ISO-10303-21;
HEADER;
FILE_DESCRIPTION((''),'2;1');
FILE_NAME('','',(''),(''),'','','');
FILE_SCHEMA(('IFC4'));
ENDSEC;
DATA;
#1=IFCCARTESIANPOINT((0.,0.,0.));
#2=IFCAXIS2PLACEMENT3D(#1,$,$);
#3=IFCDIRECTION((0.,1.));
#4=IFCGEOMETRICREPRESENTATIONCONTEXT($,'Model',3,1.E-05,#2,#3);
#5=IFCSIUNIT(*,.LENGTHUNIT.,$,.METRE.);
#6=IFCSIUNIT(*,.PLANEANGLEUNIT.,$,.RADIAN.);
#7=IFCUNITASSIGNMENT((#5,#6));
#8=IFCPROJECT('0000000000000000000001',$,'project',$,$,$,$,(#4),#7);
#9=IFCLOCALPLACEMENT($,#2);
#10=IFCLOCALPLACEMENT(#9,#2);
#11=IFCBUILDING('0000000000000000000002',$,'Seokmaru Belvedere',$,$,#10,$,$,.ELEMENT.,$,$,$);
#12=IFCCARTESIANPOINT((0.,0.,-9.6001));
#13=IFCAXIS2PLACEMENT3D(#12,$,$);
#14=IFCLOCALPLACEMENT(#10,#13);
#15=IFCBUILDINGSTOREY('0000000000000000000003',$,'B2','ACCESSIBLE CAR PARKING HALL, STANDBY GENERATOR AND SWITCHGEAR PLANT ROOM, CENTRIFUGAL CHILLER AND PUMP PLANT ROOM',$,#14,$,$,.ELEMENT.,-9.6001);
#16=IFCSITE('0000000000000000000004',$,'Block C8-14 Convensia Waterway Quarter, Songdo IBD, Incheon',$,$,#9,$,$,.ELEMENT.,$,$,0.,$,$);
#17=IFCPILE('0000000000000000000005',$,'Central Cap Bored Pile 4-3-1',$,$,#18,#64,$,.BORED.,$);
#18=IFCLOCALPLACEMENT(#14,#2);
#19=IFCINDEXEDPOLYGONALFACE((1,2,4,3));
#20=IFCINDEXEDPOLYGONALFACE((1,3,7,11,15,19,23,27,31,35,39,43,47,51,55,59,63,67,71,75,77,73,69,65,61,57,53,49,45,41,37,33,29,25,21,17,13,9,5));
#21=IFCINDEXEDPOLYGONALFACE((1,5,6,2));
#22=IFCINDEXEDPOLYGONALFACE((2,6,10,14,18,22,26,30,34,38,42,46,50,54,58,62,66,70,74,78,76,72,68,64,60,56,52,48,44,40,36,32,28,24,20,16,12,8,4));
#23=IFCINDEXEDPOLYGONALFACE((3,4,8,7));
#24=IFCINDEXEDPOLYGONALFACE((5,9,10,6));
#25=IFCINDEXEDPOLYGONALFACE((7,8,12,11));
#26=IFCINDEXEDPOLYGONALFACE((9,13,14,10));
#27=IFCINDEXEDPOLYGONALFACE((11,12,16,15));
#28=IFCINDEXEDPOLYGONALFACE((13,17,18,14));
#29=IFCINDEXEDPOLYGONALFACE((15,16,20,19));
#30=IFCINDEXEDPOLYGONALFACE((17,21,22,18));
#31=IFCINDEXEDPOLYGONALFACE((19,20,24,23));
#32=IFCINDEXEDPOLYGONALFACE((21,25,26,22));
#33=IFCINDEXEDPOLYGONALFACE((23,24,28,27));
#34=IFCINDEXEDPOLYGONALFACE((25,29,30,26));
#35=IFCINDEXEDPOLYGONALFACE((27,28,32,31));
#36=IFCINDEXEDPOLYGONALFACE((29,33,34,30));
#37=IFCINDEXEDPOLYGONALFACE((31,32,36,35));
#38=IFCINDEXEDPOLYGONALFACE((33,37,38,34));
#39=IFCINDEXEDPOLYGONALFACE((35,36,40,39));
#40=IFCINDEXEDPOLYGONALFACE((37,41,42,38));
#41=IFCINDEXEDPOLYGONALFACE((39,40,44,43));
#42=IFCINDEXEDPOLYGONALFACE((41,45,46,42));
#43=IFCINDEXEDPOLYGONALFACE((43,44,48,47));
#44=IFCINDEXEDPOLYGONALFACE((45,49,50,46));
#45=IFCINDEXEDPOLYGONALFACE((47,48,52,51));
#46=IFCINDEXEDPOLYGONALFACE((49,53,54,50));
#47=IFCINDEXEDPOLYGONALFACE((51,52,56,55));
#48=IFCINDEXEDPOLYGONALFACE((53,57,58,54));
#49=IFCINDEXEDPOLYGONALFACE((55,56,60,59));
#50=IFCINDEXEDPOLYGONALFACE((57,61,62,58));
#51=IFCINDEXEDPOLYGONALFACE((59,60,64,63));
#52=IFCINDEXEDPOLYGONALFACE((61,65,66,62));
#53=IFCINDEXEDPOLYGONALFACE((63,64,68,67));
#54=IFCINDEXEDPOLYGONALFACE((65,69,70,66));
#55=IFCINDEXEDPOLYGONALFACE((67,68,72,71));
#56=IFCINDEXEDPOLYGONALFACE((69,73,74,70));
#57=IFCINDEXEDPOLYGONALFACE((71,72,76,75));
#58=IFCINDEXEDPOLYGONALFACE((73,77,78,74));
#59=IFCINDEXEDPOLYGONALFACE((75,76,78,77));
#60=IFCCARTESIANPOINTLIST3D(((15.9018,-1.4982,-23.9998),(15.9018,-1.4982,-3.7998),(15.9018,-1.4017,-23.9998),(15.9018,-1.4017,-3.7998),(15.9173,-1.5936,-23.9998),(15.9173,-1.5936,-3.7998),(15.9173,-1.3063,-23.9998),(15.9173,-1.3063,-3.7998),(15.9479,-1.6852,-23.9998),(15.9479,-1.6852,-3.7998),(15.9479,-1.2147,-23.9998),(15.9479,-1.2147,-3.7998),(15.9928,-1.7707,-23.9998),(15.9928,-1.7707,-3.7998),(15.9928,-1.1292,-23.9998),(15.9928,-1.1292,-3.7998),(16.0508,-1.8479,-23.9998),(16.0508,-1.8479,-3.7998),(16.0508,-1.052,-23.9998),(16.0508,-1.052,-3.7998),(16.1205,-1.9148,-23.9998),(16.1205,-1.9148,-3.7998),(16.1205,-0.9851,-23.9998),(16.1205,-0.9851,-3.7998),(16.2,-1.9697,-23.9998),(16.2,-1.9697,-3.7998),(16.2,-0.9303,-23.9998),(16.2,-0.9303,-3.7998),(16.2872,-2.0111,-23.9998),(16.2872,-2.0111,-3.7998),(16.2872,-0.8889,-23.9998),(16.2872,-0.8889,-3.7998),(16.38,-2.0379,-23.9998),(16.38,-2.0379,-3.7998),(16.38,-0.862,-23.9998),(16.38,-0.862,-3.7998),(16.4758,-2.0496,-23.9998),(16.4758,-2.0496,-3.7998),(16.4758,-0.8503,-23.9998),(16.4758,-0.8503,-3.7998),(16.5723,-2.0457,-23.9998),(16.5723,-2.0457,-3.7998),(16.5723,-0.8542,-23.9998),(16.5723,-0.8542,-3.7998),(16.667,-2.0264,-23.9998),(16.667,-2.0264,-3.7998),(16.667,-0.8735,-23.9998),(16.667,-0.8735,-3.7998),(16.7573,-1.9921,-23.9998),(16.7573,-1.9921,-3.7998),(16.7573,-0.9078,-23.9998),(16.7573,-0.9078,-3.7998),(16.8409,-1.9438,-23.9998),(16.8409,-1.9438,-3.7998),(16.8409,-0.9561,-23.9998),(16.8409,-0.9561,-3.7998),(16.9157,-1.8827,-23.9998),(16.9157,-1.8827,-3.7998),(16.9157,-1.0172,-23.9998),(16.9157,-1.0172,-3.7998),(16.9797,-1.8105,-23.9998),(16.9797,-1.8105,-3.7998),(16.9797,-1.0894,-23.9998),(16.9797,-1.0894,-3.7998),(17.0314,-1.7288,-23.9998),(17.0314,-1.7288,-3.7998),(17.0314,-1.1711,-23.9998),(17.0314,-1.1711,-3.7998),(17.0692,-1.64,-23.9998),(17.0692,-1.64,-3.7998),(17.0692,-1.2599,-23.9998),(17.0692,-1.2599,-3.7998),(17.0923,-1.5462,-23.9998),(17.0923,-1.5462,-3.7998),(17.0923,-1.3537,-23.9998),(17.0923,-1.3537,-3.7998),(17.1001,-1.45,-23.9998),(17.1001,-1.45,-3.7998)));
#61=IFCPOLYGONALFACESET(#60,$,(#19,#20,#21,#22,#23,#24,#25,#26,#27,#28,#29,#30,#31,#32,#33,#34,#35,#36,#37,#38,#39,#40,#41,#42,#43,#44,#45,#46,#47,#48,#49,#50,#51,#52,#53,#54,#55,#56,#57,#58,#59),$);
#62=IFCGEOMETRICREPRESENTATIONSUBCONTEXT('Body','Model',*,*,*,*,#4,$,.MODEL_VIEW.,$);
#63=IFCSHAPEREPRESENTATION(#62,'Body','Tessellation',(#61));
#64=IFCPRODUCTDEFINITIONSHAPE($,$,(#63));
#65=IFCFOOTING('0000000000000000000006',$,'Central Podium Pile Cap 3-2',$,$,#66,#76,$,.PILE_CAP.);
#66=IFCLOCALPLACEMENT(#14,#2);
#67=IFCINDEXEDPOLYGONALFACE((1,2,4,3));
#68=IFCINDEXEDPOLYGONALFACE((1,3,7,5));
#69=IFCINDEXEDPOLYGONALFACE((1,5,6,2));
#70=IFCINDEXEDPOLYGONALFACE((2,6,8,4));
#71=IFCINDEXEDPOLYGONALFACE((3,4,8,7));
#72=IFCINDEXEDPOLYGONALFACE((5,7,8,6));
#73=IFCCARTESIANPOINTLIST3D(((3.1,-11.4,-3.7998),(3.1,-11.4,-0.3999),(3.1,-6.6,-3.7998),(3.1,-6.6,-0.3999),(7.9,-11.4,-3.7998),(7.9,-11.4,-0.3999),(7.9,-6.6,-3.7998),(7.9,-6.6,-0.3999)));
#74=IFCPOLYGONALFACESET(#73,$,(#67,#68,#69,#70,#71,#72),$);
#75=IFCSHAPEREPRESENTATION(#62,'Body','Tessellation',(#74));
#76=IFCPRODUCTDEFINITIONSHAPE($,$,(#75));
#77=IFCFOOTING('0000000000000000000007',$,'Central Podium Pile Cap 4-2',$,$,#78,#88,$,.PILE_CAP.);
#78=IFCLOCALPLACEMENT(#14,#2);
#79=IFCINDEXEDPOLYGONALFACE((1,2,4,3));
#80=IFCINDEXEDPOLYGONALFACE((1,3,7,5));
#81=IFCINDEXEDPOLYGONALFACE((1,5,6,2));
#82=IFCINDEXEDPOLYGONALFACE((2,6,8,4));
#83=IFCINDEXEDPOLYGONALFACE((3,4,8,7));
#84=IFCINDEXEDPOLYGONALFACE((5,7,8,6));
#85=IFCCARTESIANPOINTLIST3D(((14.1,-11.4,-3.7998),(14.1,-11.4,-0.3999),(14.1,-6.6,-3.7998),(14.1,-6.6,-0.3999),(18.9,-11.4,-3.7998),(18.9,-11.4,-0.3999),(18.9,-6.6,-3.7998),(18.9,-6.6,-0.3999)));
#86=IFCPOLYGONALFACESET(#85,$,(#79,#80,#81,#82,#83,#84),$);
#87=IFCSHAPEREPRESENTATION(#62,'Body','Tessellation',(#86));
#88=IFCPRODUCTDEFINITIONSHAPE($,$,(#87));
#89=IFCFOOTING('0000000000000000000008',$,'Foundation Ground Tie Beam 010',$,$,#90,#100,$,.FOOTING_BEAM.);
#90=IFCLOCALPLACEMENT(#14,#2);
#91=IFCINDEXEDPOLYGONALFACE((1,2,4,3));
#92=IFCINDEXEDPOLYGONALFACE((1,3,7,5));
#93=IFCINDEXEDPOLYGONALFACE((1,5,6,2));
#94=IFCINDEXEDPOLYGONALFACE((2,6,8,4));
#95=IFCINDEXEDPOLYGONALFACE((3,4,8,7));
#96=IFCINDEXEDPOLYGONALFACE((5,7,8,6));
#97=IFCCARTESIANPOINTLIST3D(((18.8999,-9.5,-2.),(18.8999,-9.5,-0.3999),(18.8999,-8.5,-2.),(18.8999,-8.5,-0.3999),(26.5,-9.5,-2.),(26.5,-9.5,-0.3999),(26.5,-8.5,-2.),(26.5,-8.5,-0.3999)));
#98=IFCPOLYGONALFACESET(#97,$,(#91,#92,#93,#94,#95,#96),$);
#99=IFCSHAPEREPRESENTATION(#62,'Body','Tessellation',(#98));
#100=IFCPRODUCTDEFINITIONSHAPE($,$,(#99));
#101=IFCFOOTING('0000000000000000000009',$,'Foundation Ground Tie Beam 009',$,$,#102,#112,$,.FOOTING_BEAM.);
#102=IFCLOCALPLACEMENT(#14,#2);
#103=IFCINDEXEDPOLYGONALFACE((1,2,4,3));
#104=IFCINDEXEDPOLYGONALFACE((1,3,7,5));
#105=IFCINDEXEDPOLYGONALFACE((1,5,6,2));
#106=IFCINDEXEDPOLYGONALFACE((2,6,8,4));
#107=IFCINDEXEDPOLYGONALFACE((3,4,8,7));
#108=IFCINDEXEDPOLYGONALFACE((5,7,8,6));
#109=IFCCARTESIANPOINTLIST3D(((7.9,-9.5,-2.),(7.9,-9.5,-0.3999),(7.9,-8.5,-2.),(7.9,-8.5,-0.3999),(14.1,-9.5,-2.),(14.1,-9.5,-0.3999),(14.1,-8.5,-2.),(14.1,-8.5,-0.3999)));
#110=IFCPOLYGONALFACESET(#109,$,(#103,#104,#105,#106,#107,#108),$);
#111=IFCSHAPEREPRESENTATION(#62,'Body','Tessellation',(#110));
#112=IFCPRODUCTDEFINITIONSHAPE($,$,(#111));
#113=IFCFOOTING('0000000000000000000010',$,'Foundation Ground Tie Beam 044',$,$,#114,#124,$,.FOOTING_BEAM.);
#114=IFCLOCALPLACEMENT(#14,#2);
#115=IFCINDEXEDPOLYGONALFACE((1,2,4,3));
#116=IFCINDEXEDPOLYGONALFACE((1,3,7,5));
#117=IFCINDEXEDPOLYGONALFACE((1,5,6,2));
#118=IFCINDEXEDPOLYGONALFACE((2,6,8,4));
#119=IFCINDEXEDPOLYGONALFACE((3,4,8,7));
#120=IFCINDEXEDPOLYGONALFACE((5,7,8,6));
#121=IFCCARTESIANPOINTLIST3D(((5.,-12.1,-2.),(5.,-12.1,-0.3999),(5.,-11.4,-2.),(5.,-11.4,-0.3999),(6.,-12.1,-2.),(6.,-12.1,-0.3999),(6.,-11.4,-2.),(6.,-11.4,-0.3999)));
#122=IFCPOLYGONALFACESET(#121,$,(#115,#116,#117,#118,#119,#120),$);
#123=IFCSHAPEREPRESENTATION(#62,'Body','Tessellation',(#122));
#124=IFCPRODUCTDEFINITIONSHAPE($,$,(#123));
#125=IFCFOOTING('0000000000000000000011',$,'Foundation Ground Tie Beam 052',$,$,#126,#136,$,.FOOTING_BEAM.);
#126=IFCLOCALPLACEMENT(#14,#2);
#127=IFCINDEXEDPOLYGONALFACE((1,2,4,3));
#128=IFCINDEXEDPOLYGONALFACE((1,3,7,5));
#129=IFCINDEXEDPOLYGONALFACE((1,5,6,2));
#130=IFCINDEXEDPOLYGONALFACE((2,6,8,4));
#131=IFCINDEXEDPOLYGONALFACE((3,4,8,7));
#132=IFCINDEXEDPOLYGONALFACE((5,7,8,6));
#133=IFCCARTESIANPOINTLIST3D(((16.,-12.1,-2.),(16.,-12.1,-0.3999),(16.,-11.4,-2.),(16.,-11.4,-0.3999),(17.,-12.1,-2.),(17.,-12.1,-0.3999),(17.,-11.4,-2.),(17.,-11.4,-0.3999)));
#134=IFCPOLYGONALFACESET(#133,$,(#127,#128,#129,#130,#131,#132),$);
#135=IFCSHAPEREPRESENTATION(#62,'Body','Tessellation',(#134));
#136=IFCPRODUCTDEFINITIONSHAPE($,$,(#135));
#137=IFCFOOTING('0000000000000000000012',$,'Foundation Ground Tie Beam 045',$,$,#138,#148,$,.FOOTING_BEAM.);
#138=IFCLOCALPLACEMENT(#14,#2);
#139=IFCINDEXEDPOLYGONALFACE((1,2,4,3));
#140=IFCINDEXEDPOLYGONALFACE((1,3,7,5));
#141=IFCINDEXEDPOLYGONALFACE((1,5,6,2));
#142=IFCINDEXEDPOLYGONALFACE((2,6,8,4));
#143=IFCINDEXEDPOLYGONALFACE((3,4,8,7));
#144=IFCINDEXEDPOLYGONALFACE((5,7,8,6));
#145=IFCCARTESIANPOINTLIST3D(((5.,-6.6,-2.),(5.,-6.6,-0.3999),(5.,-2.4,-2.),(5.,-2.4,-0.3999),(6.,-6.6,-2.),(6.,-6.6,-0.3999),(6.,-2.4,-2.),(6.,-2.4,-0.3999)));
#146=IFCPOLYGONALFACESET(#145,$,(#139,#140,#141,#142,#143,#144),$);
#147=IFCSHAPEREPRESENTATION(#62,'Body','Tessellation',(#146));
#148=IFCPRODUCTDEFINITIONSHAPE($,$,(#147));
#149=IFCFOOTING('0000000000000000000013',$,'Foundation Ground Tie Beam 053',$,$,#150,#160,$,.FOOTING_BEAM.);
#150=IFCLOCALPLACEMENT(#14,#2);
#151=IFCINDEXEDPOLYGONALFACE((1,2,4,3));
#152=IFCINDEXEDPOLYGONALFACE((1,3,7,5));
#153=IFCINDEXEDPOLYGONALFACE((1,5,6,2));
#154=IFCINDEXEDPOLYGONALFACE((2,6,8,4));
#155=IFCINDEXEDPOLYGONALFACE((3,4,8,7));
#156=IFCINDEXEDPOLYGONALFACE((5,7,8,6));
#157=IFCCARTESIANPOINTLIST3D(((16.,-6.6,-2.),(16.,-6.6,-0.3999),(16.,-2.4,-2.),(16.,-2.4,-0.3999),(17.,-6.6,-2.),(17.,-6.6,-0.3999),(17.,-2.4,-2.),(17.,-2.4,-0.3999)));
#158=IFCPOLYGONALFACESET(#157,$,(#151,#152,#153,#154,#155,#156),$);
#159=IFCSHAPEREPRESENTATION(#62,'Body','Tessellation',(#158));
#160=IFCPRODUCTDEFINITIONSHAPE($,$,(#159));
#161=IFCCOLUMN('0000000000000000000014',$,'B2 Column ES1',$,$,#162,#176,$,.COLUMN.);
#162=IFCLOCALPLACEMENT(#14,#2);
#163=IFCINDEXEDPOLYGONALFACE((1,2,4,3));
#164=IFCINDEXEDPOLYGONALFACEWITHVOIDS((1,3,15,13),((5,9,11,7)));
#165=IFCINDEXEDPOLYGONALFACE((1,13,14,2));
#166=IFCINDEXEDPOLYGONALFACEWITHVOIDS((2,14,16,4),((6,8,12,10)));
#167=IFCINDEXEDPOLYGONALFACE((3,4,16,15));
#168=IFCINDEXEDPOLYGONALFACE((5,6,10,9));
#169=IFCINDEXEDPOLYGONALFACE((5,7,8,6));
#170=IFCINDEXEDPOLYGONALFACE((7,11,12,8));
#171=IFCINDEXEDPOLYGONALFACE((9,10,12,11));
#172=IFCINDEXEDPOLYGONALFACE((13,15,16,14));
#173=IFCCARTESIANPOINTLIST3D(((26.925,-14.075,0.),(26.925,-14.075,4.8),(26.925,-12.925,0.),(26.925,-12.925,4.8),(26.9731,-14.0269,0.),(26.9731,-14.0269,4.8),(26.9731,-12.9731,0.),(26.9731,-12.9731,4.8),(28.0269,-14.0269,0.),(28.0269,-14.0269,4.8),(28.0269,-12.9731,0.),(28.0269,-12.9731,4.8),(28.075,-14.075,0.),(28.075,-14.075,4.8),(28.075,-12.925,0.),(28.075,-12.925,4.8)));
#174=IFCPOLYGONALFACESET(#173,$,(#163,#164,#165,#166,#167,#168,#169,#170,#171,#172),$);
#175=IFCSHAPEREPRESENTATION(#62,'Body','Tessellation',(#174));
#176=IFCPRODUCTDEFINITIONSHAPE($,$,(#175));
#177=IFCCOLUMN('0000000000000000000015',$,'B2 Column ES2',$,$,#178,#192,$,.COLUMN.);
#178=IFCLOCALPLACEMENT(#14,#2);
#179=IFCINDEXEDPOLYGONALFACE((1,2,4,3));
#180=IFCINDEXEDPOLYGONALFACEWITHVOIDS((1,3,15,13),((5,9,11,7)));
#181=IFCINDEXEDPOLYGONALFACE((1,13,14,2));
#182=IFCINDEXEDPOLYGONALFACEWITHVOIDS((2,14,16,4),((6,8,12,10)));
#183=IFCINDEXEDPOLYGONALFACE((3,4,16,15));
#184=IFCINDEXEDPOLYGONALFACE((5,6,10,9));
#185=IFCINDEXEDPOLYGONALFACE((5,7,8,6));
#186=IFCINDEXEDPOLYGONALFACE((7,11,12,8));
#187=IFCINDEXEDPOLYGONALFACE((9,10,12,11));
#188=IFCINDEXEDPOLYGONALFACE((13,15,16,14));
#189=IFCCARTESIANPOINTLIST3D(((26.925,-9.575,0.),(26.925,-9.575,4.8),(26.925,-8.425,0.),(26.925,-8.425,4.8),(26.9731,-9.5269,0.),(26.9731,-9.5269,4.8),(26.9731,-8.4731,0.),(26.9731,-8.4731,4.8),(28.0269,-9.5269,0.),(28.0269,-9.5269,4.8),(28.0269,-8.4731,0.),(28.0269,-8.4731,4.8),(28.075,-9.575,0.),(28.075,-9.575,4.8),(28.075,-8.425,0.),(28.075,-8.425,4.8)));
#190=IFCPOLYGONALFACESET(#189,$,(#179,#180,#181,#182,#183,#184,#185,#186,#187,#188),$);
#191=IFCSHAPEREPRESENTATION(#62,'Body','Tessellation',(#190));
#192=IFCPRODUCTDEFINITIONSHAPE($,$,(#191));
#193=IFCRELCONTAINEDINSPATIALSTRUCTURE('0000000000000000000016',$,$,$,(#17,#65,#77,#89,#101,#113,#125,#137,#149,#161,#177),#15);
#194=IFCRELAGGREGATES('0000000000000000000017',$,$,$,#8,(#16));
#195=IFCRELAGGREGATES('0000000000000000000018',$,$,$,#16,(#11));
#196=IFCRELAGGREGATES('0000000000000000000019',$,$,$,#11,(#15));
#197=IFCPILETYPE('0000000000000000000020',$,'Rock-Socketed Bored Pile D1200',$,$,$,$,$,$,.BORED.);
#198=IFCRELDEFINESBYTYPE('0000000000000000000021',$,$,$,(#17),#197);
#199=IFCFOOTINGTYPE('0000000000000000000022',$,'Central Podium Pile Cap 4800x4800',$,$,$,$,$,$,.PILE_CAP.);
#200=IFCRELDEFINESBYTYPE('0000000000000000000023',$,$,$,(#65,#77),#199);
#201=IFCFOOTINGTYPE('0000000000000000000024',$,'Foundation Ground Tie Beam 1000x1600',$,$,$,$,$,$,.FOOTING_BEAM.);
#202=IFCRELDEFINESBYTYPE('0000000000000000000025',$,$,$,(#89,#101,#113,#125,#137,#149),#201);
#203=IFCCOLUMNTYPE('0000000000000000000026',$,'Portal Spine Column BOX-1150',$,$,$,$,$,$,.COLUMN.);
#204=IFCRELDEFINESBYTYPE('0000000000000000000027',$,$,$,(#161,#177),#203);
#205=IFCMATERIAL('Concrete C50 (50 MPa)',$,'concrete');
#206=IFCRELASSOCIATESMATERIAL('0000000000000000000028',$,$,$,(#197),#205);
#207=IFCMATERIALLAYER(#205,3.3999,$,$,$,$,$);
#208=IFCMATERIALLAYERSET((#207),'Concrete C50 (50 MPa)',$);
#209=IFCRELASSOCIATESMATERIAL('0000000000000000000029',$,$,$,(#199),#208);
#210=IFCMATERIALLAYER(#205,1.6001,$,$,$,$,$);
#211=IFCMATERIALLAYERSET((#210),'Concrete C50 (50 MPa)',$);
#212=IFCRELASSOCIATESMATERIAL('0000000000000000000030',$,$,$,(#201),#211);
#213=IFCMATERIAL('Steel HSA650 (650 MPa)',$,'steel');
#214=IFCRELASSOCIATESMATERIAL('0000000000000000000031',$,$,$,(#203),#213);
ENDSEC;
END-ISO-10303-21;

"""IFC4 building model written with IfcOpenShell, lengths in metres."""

from ifc_helpers import new_model, si_unit, direction, frame, origin, origin_2d, place, context, subcontext, project, spatial, rectangle, hollow_rectangle, circle, extrude, source, transform, mapped, material, layer, layer_set, material_profile, profile_set, type_object, type_shapes, element, save


model = new_model("IFC4")

# Units and contexts
model_context = context("Model", 3, precision=1e-05, world=origin(), true_north=direction((0.0, 1.0)))
body_context = subcontext(model_context, "Body", "Model", "MODEL_VIEW")
ifc_project = project(units=[si_unit("LENGTHUNIT", "METRE"), si_unit("PLANEANGLEUNIT", "RADIAN")], contexts=[model_context])

# Site, building, storey
site_placement = place(None, origin())
site = spatial("IfcSite", under=ifc_project, at=site_placement, Name="Block C8-14 Convensia Waterway Quarter, Songdo IBD, Incheon", CompositionType="ELEMENT", RefElevation=0.0)
building_placement = place(site_placement, origin())
building = spatial("IfcBuilding", under=site, at=building_placement, Name="Seokmaru Belvedere", CompositionType="ELEMENT")
storey_placement = place(building_placement, frame((0.0, 0.0, -9.6001)))
storey = spatial("IfcBuildingStorey", under=building, at=storey_placement, Name="B2", Description="ACCESSIBLE CAR PARKING HALL, STANDBY GENERATOR AND SWITCHGEAR PLANT ROOM, CENTRIFUGAL CHILLER AND PUMP PLANT ROOM", CompositionType="ELEMENT", Elevation=-9.6001)

# Pile
ifc_material_1 = material(Name="Concrete C50 (50 MPa)", Category="concrete")
ifc_material_profile_1 = material_profile(ifc_material_1, circle(Radius=0.6001, at=origin_2d()), Name="PILE-D1200")
ifc_profile_set_1 = profile_set([ifc_material_profile_1], Name="Concrete C50 (50 MPa)")
pile_type_1 = type_object("IfcPileType", Name="Rock-Socketed Bored Pile D1200", PredefinedType="BORED", material=ifc_profile_set_1)
shared_shape_1 = source(origin(), body_context, "Body", "SweptSolid", [
    extrude(circle(Radius=0.6001, at=origin_2d()), origin(), (0.0, 0.0, 1.0), 20.2),
])
type_shapes(pile_type_1, [shared_shape_1])
for number, where, z_axis, x_axis, name in (
    (1, (16.5, -1.45, -3.7998), (0.0, 0.0, -1.0), (1.0, 0.0, 0.0), "Central Cap Bored Pile 4-3-1"),
):
    element("IfcPile", number, at=place(storey_placement, frame(where, z_axis=z_axis, x_axis=x_axis)), inside=storey, type_object=pile_type_1, Name=name, PredefinedType="BORED", context=body_context, shape_type="MappedRepresentation", body=[
        mapped(shared_shape_1, transform((0.0, 0.0, 0.0), scale=1.0)),
    ])

# Footings
ifc_layer_1 = layer(ifc_material_1, 3.3999)
ifc_layer_set_1 = layer_set([ifc_layer_1], Name="Concrete C50 (50 MPa)")
footing_type_1 = type_object("IfcFootingType", Name="Central Podium Pile Cap 4800x4800", PredefinedType="PILE_CAP", material=ifc_layer_set_1)
shared_shape_2 = source(origin(), body_context, "Body", "SweptSolid", [
    extrude(rectangle(XDim=4.8, YDim=4.8, at=origin_2d()), origin(), (0.0, 0.0, 1.0), 3.3999),
])
type_shapes(footing_type_1, [shared_shape_2])
for number, where, z_axis, x_axis, name in (
    (2, (5.5, -9.0, -3.7998), (0.0, 0.0, 1.0), (1.0, 0.0, 0.0), "Central Podium Pile Cap 3-2"),
    (3, (16.5, -9.0, -3.7998), (0.0, 0.0, 1.0), (1.0, 0.0, 0.0), "Central Podium Pile Cap 4-2"),
):
    element("IfcFooting", number, at=place(storey_placement, frame(where, z_axis=z_axis, x_axis=x_axis)), inside=storey, type_object=footing_type_1, Name=name, PredefinedType="PILE_CAP", context=body_context, shape_type="MappedRepresentation", body=[
        mapped(shared_shape_2, transform((0.0, 0.0, 0.0), scale=1.0)),
    ])
ifc_layer_2 = layer(ifc_material_1, 1.6001)
ifc_layer_set_2 = layer_set([ifc_layer_2], Name="Concrete C50 (50 MPa)")
footing_type_2 = type_object("IfcFootingType", Name="Foundation Ground Tie Beam 1000x1600", PredefinedType="FOOTING_BEAM", material=ifc_layer_set_2)
shared_shape_3 = source(origin(), body_context, "Body", "SweptSolid", [
    extrude(rectangle(XDim=7.6001, YDim=1.0, at=origin_2d()), origin(), (0.0, 0.0, 1.0), 1.6001),
])
footing_1_placement = place(storey_placement, frame((22.7, -9.0, -2.0), z_axis=(0.0, 0.0, 1.0), x_axis=(1.0, 0.0, 0.0)))
element("IfcFooting", 4, at=footing_1_placement, inside=storey, type_object=footing_type_2, Name="Foundation Ground Tie Beam 010", PredefinedType="FOOTING_BEAM", context=body_context, shape_type="MappedRepresentation", body=[
    mapped(shared_shape_3, transform((0.0, 0.0, 0.0), scale=1.0)),
])
shared_shape_4 = source(origin(), body_context, "Body", "SweptSolid", [
    extrude(rectangle(XDim=6.2, YDim=1.0, at=origin_2d()), origin(), (0.0, 0.0, 1.0), 1.6001),
])
footing_2_placement = place(storey_placement, frame((11.0, -9.0, -2.0), z_axis=(0.0, 0.0, 1.0), x_axis=(1.0, 0.0, 0.0)))
element("IfcFooting", 5, at=footing_2_placement, inside=storey, type_object=footing_type_2, Name="Foundation Ground Tie Beam 009", PredefinedType="FOOTING_BEAM", context=body_context, shape_type="MappedRepresentation", body=[
    mapped(shared_shape_4, transform((0.0, 0.0, 0.0), scale=1.0)),
])
shared_shape_5 = source(origin(), body_context, "Body", "SweptSolid", [
    extrude(rectangle(XDim=1.0, YDim=0.7, at=origin_2d()), origin(), (0.0, 0.0, 1.0), 1.6001),
])
for number, where, z_axis, x_axis, name in (
    (6, (5.5, -11.75, -2.0), (0.0, 0.0, 1.0), (1.0, 0.0, 0.0), "Foundation Ground Tie Beam 044"),
    (7, (16.5, -11.75, -2.0), (0.0, 0.0, 1.0), (1.0, 0.0, 0.0), "Foundation Ground Tie Beam 052"),
):
    element("IfcFooting", number, at=place(storey_placement, frame(where, z_axis=z_axis, x_axis=x_axis)), inside=storey, type_object=footing_type_2, Name=name, PredefinedType="FOOTING_BEAM", context=body_context, shape_type="MappedRepresentation", body=[
        mapped(shared_shape_5, transform((0.0, 0.0, 0.0), scale=1.0)),
    ])
shared_shape_6 = source(origin(), body_context, "Body", "SweptSolid", [
    extrude(rectangle(XDim=1.0, YDim=4.2, at=origin_2d()), origin(), (0.0, 0.0, 1.0), 1.6001),
])
type_shapes(footing_type_2, [shared_shape_3, shared_shape_4, shared_shape_5, shared_shape_6])
for number, where, z_axis, x_axis, name in (
    (8, (5.5, -4.5, -2.0), (0.0, 0.0, 1.0), (1.0, 0.0, 0.0), "Foundation Ground Tie Beam 045"),
    (9, (16.5, -4.5, -2.0), (0.0, 0.0, 1.0), (1.0, 0.0, 0.0), "Foundation Ground Tie Beam 053"),
):
    element("IfcFooting", number, at=place(storey_placement, frame(where, z_axis=z_axis, x_axis=x_axis)), inside=storey, type_object=footing_type_2, Name=name, PredefinedType="FOOTING_BEAM", context=body_context, shape_type="MappedRepresentation", body=[
        mapped(shared_shape_6, transform((0.0, 0.0, 0.0), scale=1.0)),
    ])

# Columns
ifc_material_2 = material(Name="Steel HSA650 (650 MPa)", Category="steel")
ifc_material_profile_2 = material_profile(ifc_material_2, hollow_rectangle(XDim=1.1499, YDim=1.1499, WallThickness=0.0481, at=origin_2d()), Name="BOX-1150x1150x48")
ifc_profile_set_2 = profile_set([ifc_material_profile_2], Name="Steel HSA650 (650 MPa)")
column_type_1 = type_object("IfcColumnType", Name="Portal Spine Column BOX-1150", PredefinedType="COLUMN", material=ifc_profile_set_2)
shared_shape_7 = source(origin(), body_context, "Body", "SweptSolid", [
    extrude(hollow_rectangle(XDim=1.1499, YDim=1.1499, WallThickness=0.0481, at=origin_2d()), origin(), (0.0, 0.0, 1.0), 4.8),
])
type_shapes(column_type_1, [shared_shape_7])
for number, where, z_axis, x_axis, name in (
    (10, (27.5, -13.5, 0.0), (0.0, 0.0, 1.0), (1.0, 0.0, 0.0), "B2 Column ES1"),
    (11, (27.5, -9.0, 0.0), (0.0, 0.0, 1.0), (1.0, 0.0, 0.0), "B2 Column ES2"),
):
    element("IfcColumn", number, at=place(storey_placement, frame(where, z_axis=z_axis, x_axis=x_axis)), inside=storey, type_object=column_type_1, Name=name, PredefinedType="COLUMN", context=body_context, shape_type="MappedRepresentation", body=[
        mapped(shared_shape_7, transform((0.0, 0.0, 0.0), scale=1.0)),
    ])

save(model, "model.ifc")
